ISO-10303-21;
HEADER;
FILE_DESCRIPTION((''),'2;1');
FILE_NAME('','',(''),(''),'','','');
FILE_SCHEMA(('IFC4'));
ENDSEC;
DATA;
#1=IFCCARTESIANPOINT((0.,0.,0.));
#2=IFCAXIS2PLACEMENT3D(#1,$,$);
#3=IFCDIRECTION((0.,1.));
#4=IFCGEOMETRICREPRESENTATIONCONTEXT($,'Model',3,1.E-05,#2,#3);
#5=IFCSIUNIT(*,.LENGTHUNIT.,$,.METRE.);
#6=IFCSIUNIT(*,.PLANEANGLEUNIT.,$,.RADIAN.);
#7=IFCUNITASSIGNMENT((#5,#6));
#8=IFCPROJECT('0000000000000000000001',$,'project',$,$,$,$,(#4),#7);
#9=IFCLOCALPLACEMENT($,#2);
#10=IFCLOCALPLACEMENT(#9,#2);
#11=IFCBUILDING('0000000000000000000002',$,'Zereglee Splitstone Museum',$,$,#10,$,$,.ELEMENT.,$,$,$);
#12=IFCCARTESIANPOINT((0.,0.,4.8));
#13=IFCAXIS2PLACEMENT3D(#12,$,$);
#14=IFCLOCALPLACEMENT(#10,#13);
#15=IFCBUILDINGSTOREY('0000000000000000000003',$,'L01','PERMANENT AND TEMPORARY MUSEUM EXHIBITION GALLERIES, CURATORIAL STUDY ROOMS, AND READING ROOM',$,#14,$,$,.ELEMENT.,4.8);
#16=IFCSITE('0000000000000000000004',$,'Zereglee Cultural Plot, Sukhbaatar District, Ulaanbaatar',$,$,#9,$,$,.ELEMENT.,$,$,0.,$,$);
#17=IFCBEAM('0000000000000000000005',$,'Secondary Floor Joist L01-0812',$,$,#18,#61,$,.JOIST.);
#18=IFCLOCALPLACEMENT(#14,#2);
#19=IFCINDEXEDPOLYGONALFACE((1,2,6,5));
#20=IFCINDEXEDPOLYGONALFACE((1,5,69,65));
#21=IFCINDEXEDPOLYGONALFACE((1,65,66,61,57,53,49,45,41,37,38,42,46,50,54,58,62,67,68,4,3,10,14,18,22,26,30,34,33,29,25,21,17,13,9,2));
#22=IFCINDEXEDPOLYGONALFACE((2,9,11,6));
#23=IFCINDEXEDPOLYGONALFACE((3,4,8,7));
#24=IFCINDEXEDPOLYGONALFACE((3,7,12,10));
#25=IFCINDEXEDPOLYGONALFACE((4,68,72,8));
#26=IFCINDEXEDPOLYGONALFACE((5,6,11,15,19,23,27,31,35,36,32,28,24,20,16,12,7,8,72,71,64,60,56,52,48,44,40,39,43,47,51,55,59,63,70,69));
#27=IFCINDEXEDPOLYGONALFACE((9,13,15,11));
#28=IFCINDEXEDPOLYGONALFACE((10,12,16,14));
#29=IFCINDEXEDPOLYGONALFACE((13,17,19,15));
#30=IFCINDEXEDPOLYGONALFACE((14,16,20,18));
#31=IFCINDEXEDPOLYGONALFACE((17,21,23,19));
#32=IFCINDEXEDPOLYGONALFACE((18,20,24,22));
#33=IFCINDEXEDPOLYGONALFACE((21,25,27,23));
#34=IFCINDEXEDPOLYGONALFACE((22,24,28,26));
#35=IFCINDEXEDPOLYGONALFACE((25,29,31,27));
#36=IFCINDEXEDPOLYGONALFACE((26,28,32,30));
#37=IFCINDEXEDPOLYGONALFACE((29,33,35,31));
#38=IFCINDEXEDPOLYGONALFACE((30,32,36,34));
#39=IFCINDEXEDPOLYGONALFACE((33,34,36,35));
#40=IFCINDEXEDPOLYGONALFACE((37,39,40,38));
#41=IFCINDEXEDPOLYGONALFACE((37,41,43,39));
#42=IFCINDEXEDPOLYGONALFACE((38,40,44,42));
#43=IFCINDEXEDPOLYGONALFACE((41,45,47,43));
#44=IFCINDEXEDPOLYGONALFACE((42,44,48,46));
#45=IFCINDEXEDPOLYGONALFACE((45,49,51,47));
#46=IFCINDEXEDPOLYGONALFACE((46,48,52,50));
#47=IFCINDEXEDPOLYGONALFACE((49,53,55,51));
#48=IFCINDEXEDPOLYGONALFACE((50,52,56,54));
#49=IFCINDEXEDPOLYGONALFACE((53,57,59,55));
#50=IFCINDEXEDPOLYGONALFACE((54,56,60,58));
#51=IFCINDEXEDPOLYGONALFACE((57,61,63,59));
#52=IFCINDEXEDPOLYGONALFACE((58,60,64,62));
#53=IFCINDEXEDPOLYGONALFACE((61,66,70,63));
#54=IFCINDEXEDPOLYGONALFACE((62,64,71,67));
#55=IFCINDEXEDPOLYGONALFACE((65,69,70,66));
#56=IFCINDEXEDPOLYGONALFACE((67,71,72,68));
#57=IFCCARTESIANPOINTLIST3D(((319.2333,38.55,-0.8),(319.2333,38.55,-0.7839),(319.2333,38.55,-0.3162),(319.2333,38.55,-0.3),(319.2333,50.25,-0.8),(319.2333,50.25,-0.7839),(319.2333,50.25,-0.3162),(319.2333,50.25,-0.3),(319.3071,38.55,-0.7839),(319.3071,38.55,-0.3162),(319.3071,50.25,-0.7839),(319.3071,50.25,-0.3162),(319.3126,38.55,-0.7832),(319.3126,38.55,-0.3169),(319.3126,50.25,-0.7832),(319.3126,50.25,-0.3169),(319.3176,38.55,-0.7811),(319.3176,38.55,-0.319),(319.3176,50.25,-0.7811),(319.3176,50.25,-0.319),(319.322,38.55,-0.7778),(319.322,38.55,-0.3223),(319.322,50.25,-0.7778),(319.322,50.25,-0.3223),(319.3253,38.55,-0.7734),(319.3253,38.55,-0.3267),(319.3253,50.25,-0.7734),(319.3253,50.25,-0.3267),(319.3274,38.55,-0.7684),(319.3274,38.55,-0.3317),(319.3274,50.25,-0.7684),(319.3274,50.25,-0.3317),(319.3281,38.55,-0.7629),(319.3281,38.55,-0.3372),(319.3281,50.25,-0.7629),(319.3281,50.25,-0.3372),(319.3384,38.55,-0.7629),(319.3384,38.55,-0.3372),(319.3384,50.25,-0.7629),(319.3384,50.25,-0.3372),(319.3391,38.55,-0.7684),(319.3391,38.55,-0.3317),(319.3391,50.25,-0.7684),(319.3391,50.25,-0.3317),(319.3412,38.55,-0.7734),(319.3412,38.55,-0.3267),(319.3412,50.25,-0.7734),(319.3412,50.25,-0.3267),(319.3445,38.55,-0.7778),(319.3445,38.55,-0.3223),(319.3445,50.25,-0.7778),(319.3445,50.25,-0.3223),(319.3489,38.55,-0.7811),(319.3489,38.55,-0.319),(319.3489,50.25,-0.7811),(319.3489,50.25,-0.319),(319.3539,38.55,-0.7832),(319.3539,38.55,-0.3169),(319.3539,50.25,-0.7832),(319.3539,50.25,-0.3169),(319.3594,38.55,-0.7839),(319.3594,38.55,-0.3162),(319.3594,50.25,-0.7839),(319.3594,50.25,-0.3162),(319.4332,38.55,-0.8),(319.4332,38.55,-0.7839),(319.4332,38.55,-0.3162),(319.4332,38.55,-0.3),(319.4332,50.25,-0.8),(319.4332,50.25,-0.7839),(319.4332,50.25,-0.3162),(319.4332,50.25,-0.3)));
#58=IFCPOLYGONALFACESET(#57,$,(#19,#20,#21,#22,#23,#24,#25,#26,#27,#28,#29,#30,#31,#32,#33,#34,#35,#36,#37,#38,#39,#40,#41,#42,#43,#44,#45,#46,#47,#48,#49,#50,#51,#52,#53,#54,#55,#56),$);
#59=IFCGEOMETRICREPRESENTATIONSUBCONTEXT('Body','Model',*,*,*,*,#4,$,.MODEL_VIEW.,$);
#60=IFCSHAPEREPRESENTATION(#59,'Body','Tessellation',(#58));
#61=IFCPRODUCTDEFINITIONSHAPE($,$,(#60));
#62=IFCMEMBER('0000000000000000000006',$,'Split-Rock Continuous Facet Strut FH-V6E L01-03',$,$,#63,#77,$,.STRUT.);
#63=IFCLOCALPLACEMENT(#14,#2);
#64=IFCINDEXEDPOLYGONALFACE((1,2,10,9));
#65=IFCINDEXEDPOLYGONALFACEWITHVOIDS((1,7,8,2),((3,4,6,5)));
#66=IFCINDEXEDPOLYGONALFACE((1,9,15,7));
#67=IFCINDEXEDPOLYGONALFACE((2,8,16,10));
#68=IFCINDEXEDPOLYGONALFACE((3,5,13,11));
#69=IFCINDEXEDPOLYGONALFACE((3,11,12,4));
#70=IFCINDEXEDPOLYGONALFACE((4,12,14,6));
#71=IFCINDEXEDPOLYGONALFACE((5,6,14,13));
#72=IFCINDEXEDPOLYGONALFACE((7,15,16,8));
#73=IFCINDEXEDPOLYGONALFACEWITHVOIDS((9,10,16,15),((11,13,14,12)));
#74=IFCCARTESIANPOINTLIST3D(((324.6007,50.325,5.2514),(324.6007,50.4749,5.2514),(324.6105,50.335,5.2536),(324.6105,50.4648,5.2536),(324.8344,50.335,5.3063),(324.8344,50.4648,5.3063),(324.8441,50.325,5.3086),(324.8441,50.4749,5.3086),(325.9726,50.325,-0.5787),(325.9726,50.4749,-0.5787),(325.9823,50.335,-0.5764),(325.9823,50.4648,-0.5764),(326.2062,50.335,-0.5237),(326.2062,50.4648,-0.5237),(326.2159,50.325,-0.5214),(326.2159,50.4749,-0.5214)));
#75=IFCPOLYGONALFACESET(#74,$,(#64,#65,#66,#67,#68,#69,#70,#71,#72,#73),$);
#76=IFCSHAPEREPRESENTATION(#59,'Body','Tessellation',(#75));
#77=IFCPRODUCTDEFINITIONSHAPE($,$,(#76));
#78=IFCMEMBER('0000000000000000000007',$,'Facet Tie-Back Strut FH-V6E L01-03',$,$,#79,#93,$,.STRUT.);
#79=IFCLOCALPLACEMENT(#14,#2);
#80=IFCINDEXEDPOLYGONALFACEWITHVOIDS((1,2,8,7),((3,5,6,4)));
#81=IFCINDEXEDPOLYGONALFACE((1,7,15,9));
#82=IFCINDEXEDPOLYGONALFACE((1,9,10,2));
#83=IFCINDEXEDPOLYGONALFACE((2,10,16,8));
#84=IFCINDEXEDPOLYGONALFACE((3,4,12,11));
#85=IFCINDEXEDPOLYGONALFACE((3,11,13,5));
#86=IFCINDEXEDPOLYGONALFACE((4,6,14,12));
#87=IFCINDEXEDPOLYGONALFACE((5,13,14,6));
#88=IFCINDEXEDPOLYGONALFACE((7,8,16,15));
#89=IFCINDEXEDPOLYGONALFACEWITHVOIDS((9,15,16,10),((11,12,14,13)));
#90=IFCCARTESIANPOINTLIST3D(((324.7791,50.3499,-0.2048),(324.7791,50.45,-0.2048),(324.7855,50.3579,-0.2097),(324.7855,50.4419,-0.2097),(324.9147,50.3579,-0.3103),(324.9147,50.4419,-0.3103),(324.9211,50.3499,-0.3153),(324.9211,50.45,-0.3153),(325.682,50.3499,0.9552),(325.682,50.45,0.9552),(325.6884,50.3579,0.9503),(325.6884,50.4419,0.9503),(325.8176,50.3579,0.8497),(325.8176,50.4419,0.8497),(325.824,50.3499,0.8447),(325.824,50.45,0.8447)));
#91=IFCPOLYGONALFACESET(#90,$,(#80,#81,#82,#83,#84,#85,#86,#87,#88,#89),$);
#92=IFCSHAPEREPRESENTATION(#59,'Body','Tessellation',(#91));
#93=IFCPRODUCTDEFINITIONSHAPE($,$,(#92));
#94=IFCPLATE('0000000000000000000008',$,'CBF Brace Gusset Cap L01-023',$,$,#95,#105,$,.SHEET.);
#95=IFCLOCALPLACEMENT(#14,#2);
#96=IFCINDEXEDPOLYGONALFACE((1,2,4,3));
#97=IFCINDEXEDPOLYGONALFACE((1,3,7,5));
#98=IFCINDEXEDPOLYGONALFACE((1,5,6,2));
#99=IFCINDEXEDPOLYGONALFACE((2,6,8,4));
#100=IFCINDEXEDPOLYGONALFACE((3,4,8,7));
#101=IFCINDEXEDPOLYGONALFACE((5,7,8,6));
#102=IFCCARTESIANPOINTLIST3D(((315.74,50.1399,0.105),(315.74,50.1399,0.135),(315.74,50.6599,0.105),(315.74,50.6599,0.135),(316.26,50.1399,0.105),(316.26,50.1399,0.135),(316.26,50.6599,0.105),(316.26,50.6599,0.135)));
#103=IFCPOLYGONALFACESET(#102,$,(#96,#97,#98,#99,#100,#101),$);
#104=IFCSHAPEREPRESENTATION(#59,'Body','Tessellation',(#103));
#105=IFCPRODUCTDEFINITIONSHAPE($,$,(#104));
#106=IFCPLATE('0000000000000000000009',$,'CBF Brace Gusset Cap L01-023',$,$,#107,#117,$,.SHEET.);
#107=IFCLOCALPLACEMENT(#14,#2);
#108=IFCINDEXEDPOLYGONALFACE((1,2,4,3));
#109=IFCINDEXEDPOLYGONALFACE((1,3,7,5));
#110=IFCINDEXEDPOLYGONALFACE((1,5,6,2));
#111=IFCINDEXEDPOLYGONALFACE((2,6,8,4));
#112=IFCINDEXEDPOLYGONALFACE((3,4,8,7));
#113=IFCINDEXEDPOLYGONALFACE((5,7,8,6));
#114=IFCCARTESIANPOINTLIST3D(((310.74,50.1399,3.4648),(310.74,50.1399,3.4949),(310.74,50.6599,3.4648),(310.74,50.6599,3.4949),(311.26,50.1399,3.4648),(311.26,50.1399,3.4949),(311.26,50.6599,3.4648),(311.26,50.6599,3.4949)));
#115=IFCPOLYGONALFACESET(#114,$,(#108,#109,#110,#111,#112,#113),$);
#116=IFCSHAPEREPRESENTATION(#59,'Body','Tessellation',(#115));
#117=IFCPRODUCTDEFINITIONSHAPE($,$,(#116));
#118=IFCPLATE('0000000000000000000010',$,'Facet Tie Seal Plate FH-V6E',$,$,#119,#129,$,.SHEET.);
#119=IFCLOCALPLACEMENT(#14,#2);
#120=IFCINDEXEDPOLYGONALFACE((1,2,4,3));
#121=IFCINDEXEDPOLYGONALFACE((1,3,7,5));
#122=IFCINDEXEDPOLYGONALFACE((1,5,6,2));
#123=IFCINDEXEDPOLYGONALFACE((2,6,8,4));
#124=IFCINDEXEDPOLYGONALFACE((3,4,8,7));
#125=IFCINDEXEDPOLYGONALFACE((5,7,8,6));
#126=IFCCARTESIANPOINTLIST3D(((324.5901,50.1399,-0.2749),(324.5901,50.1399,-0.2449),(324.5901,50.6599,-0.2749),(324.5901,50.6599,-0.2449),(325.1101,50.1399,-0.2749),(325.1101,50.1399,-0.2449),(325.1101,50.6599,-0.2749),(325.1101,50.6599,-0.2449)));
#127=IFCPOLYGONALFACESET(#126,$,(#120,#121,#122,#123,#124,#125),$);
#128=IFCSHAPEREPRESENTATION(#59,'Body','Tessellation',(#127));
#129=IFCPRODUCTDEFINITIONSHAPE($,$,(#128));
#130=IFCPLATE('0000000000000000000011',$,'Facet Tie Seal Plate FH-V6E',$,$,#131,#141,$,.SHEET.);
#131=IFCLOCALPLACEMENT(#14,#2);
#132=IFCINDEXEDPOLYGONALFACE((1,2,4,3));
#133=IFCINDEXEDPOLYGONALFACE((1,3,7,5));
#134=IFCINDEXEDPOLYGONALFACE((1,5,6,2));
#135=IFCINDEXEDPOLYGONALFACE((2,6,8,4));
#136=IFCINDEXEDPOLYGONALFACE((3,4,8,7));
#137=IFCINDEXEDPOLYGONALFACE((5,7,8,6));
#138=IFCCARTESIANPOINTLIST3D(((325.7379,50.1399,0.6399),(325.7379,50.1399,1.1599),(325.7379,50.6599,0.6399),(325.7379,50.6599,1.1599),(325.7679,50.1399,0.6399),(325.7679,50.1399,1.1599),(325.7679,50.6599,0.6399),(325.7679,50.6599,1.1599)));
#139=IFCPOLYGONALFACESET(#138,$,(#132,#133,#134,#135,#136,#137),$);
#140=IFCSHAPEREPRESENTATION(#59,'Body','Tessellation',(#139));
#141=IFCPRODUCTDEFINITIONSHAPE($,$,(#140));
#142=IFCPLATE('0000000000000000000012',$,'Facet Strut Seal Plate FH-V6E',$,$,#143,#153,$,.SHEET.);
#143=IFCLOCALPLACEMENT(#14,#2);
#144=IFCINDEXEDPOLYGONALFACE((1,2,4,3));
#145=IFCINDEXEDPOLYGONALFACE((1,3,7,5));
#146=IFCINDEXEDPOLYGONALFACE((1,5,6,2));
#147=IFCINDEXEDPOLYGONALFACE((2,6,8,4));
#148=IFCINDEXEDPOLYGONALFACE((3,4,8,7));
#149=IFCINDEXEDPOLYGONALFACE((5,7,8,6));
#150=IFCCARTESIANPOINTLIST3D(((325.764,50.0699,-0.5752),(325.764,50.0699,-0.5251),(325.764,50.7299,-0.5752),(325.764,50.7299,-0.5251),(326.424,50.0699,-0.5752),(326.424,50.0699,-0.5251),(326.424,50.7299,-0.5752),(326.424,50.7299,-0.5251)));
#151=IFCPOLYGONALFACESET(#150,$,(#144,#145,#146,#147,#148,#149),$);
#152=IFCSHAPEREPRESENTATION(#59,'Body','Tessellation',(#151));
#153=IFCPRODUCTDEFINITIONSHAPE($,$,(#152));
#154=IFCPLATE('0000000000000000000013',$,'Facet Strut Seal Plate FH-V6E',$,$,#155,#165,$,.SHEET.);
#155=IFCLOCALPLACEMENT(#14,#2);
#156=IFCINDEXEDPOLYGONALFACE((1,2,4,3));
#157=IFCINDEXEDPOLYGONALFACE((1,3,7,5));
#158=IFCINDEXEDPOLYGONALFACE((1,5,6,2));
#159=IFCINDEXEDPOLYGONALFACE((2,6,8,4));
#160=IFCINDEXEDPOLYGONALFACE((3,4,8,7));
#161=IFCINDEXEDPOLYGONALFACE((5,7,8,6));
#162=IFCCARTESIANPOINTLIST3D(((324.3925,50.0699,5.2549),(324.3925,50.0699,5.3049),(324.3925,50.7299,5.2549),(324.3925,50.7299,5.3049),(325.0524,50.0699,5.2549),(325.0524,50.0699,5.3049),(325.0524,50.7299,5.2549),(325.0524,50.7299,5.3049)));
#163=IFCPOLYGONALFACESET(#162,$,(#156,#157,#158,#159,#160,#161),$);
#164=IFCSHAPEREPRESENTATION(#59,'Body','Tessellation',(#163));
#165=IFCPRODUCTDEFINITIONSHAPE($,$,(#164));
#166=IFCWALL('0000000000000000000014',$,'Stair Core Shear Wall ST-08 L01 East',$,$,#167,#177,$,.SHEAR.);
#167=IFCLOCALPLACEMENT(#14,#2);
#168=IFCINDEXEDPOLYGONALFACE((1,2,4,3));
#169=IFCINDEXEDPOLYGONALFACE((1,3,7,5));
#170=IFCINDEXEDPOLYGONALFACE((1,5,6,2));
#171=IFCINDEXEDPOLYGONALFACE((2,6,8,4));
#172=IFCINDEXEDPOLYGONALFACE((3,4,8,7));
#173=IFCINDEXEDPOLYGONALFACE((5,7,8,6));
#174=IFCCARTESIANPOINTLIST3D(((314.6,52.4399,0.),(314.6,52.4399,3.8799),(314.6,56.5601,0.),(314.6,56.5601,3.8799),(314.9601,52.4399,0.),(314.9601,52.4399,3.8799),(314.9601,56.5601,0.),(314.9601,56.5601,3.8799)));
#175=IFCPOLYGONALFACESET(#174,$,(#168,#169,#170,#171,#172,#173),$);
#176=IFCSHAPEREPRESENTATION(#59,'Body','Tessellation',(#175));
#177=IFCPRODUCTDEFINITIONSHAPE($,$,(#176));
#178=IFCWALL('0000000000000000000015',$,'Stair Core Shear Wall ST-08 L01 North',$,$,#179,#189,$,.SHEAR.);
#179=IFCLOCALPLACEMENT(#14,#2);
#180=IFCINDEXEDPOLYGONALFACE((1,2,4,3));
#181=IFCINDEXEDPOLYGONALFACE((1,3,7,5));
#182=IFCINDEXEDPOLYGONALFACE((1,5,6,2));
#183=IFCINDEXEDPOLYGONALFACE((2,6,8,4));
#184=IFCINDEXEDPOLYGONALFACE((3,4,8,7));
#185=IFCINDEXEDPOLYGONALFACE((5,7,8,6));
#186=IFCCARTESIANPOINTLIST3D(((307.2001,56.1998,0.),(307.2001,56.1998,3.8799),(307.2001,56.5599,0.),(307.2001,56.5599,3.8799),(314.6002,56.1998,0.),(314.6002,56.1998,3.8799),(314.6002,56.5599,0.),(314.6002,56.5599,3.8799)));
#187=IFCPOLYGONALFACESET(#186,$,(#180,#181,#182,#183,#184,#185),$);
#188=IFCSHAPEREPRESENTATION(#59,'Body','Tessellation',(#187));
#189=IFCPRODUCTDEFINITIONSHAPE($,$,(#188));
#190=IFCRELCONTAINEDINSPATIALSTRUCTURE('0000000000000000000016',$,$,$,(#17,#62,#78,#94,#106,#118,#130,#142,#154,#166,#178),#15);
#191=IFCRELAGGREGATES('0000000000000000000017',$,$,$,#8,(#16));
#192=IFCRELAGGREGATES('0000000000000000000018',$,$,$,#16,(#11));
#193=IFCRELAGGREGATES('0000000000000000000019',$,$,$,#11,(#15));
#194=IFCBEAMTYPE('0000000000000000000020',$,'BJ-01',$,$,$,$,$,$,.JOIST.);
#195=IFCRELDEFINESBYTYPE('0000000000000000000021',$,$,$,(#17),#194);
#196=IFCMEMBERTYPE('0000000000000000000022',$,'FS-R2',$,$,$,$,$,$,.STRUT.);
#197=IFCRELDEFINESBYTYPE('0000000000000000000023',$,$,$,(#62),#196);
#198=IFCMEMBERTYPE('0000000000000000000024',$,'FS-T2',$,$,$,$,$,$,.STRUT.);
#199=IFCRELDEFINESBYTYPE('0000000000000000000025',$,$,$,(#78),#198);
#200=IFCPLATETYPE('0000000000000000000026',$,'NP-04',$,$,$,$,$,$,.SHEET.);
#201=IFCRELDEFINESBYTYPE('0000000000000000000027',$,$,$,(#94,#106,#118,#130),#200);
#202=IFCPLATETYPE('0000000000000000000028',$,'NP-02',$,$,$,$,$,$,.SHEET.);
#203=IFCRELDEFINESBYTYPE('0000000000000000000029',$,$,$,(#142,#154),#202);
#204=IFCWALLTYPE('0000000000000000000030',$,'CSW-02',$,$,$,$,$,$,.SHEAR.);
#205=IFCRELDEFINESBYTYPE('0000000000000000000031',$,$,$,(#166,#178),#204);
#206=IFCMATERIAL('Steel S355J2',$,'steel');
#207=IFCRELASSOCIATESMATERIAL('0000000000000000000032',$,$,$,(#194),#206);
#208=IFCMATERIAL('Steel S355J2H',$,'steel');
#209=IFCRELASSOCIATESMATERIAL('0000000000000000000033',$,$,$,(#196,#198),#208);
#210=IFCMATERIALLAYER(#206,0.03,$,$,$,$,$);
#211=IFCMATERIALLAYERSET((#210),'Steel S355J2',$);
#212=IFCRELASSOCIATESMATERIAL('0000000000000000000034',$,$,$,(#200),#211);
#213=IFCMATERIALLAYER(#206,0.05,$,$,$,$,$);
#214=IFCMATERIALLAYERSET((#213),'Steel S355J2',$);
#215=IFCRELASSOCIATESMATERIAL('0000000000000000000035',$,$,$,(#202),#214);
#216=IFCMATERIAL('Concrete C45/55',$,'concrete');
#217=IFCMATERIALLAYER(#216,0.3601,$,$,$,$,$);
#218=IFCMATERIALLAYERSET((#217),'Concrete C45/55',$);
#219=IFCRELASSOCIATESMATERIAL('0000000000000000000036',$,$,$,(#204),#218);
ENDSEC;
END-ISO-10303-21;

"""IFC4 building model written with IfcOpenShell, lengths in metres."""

from ifc_helpers import new_model, si_unit, direction, frame, frame_2d, origin, origin_2d, place, context, subcontext, project, spatial, rectangle, hollow_rectangle, i_section, extrude, material, layer, layer_set, material_profile, profile_set, type_object, element, save


model = new_model("IFC4")

# Units and contexts
model_context = context("Model", 3, precision=1e-05, world=origin(), true_north=direction((0.0, 1.0)))
body_context = subcontext(model_context, "Body", "Model", "MODEL_VIEW")
ifc_project = project(units=[si_unit("LENGTHUNIT", "METRE"), si_unit("PLANEANGLEUNIT", "RADIAN")], contexts=[model_context])

# Site, building, storey
site_placement = place(None, origin())
site = spatial("IfcSite", under=ifc_project, at=site_placement, Name="Zereglee Cultural Plot, Sukhbaatar District, Ulaanbaatar", CompositionType="ELEMENT", RefElevation=0.0)
building_placement = place(site_placement, origin())
building = spatial("IfcBuilding", under=site, at=building_placement, Name="Zereglee Splitstone Museum", CompositionType="ELEMENT")
storey_placement = place(building_placement, frame((0.0, 0.0, 4.8)))
storey = spatial("IfcBuildingStorey", under=building, at=storey_placement, Name="L01", Description="PERMANENT AND TEMPORARY MUSEUM EXHIBITION GALLERIES, CURATORIAL STUDY ROOMS, AND READING ROOM", CompositionType="ELEMENT", Elevation=4.8)

# Shared definitions
ifc_material_1 = material(Name="Steel S355J2", Category="steel")

# Shared definitions
ifc_material_2 = material(Name="Steel S355J2H", Category="steel")

# Beam
ifc_material_profile_1 = material_profile(ifc_material_1, i_section(OverallWidth=0.2, OverallDepth=0.5, WebThickness=0.0103, FlangeThickness=0.0161, FilletRadius=0.021, at=origin_2d()), Name="IPE 500")
ifc_profile_set_1 = profile_set([ifc_material_profile_1], Name="Steel S355J2")
beam_type_1 = type_object("IfcBeamType", Name="BJ-01", PredefinedType="JOIST", material=ifc_profile_set_1)
beam_1_placement = place(storey_placement, frame((319.3333, 38.55, -0.55), z_axis=(0.0, 1.0, 0.0), x_axis=(-1.0, 0.0, 0.0)))
element("IfcBeam", 1, at=beam_1_placement, inside=storey, type_object=beam_type_1, Name="Secondary Floor Joist L01-0812", PredefinedType="JOIST", context=body_context, shape_type="SweptSolid", body=[
    extrude(i_section(OverallWidth=0.2, OverallDepth=0.5, WebThickness=0.0103, FlangeThickness=0.0161, FilletRadius=0.021, at=origin_2d()), origin(), (0.0, 0.0, 1.0), 11.7),
])

# Members
ifc_material_profile_2 = material_profile(ifc_material_2, hollow_rectangle(XDim=0.1499, YDim=0.25, WallThickness=0.01, at=origin_2d()), Name="RHS 250x150x10")
ifc_profile_set_2 = profile_set([ifc_material_profile_2], Name="Steel S355J2H")
member_type_1 = type_object("IfcMemberType", Name="FS-R2", PredefinedType="STRUT", material=ifc_profile_set_2)
member_1_placement = place(storey_placement, frame((326.0942, 50.3999, -0.55), z_axis=(-0.229046, 0.0, 0.973416), x_axis=(0.0, -1.0, 0.0)))
element("IfcMember", 2, at=member_1_placement, inside=storey, type_object=member_type_1, Name="Split-Rock Continuous Facet Strut FH-V6E L01-03", PredefinedType="STRUT", context=body_context, shape_type="SweptSolid", body=[
    extrude(hollow_rectangle(XDim=0.1499, YDim=0.25, WallThickness=0.01, at=origin_2d()), origin(), (0.0, 0.0, 1.0), 5.9893),
])
ifc_material_profile_3 = material_profile(ifc_material_2, hollow_rectangle(XDim=0.1001, YDim=0.1799, WallThickness=0.0081, at=origin_2d()), Name="RHS 180x100x8")
ifc_profile_set_3 = profile_set([ifc_material_profile_3], Name="Steel S355J2H")
member_type_2 = type_object("IfcMemberType", Name="FS-T2", PredefinedType="STRUT", material=ifc_profile_set_3)
member_2_placement = place(storey_placement, frame((324.8501, 50.3999, -0.26), z_axis=(0.614228, 0.0, 0.789129), x_axis=(0.0, 1.0, 0.0)))
element("IfcMember", 3, at=member_2_placement, inside=storey, type_object=member_type_2, Name="Facet Tie-Back Strut FH-V6E L01-03", PredefinedType="STRUT", context=body_context, shape_type="SweptSolid", body=[
    extrude(hollow_rectangle(XDim=0.1001, YDim=0.1799, WallThickness=0.0081, at=origin_2d()), origin(), (0.0, 0.0, 1.0), 1.47),
])

# Plates
ifc_layer_1 = layer(ifc_material_1, 0.03)
ifc_layer_set_1 = layer_set([ifc_layer_1], Name="Steel S355J2")
plate_type_1 = type_object("IfcPlateType", Name="NP-04", PredefinedType="SHEET", material=ifc_layer_set_1)
for number, where, z_axis, x_axis, name in (
    (4, (316.0, 50.3999, 0.105), (0.0, 0.0, 1.0), (1.0, 0.0, 0.0), "CBF Brace Gusset Cap L01-023"),
    (5, (311.0, 50.3999, 3.4648), (0.0, 0.0, 1.0), (1.0, 0.0, 0.0), "CBF Brace Gusset Cap L01-023"),
    (6, (324.8501, 50.3999, -0.2749), (0.0, 0.0, 1.0), (1.0, 0.0, 0.0), "Facet Tie Seal Plate FH-V6E"),
):
    element("IfcPlate", number, at=place(storey_placement, frame(where, z_axis=z_axis, x_axis=x_axis)), inside=storey, type_object=plate_type_1, Name=name, PredefinedType="SHEET", context=body_context, shape_type="SweptSolid", body=[
        extrude(rectangle(XDim=0.52, YDim=0.52, at=origin_2d()), origin(), (0.0, 0.0, 1.0), 0.03),
    ])
plate_placement = place(storey_placement, frame((325.7529, 50.3999, 0.6399), z_axis=(0.0, 0.0, 1.0), x_axis=(1.0, 0.0, 0.0)))
element("IfcPlate", 7, at=plate_placement, inside=storey, type_object=plate_type_1, Name="Facet Tie Seal Plate FH-V6E", PredefinedType="SHEET", context=body_context, shape_type="SweptSolid", body=[
    extrude(rectangle(XDim=0.03, YDim=0.52, at=origin_2d()), origin(), (0.0, 0.0, 1.0), 0.52),
])
ifc_layer_2 = layer(ifc_material_1, 0.05)
ifc_layer_set_2 = layer_set([ifc_layer_2], Name="Steel S355J2")
plate_type_2 = type_object("IfcPlateType", Name="NP-02", PredefinedType="SHEET", material=ifc_layer_set_2)
for number, where, z_axis, x_axis, name in (
    (8, (326.094, 50.3999, -0.5752), (0.0, 0.0, 1.0), (1.0, 0.0, 0.0), "Facet Strut Seal Plate FH-V6E"),
    (9, (324.7224, 50.3999, 5.2549), (0.0, 0.0, 1.0), (1.0, 0.0, 0.0), "Facet Strut Seal Plate FH-V6E"),
):
    element("IfcPlate", number, at=place(storey_placement, frame(where, z_axis=z_axis, x_axis=x_axis)), inside=storey, type_object=plate_type_2, Name=name, PredefinedType="SHEET", context=body_context, shape_type="SweptSolid", body=[
        extrude(rectangle(XDim=0.6599, YDim=0.6599, at=origin_2d()), origin(), (0.0, 0.0, 1.0), 0.05),
    ])

# Shared definitions
ifc_material_3 = material(Name="Concrete C45/55", Category="concrete")
ifc_layer_3 = layer(ifc_material_3, 0.3601)
ifc_layer_set_3 = layer_set([ifc_layer_3], Name="Concrete C45/55")
wall_type_1 = type_object("IfcWallType", Name="CSW-02", PredefinedType="SHEAR", material=ifc_layer_set_3)

# Walls
wall_1_placement = place(storey_placement, frame((314.78, 52.4399, 0.0), z_axis=(0.0, 0.0, 1.0), x_axis=(0.0, 1.0, 0.0)))
element("IfcWall", 10, at=wall_1_placement, inside=storey, type_object=wall_type_1, Name="Stair Core Shear Wall ST-08 L01 East", PredefinedType="SHEAR", context=body_context, shape_type="SweptSolid", body=[
    extrude(rectangle(XDim=4.1201, YDim=0.3601, at=frame_2d((2.0601, 0.0))), origin(), (0.0, 0.0, 1.0), 3.8799),
])
for number, where, z_axis, x_axis, name in (
    (11, (307.2, 56.3799, 0.0), (0.0, 0.0, 1.0), (1.0, 0.0, 0.0), "Stair Core Shear Wall ST-08 L01 North"),
):
    element("IfcWall", number, at=place(storey_placement, frame(where, z_axis=z_axis, x_axis=x_axis)), inside=storey, type_object=wall_type_1, Name=name, PredefinedType="SHEAR", context=body_context, shape_type="SweptSolid", body=[
        extrude(rectangle(XDim=7.4001, YDim=0.3601, at=frame_2d((3.7002, 0.0))), origin(), (0.0, 0.0, 1.0), 3.8799),
    ])

save(model, "model.ifc")
